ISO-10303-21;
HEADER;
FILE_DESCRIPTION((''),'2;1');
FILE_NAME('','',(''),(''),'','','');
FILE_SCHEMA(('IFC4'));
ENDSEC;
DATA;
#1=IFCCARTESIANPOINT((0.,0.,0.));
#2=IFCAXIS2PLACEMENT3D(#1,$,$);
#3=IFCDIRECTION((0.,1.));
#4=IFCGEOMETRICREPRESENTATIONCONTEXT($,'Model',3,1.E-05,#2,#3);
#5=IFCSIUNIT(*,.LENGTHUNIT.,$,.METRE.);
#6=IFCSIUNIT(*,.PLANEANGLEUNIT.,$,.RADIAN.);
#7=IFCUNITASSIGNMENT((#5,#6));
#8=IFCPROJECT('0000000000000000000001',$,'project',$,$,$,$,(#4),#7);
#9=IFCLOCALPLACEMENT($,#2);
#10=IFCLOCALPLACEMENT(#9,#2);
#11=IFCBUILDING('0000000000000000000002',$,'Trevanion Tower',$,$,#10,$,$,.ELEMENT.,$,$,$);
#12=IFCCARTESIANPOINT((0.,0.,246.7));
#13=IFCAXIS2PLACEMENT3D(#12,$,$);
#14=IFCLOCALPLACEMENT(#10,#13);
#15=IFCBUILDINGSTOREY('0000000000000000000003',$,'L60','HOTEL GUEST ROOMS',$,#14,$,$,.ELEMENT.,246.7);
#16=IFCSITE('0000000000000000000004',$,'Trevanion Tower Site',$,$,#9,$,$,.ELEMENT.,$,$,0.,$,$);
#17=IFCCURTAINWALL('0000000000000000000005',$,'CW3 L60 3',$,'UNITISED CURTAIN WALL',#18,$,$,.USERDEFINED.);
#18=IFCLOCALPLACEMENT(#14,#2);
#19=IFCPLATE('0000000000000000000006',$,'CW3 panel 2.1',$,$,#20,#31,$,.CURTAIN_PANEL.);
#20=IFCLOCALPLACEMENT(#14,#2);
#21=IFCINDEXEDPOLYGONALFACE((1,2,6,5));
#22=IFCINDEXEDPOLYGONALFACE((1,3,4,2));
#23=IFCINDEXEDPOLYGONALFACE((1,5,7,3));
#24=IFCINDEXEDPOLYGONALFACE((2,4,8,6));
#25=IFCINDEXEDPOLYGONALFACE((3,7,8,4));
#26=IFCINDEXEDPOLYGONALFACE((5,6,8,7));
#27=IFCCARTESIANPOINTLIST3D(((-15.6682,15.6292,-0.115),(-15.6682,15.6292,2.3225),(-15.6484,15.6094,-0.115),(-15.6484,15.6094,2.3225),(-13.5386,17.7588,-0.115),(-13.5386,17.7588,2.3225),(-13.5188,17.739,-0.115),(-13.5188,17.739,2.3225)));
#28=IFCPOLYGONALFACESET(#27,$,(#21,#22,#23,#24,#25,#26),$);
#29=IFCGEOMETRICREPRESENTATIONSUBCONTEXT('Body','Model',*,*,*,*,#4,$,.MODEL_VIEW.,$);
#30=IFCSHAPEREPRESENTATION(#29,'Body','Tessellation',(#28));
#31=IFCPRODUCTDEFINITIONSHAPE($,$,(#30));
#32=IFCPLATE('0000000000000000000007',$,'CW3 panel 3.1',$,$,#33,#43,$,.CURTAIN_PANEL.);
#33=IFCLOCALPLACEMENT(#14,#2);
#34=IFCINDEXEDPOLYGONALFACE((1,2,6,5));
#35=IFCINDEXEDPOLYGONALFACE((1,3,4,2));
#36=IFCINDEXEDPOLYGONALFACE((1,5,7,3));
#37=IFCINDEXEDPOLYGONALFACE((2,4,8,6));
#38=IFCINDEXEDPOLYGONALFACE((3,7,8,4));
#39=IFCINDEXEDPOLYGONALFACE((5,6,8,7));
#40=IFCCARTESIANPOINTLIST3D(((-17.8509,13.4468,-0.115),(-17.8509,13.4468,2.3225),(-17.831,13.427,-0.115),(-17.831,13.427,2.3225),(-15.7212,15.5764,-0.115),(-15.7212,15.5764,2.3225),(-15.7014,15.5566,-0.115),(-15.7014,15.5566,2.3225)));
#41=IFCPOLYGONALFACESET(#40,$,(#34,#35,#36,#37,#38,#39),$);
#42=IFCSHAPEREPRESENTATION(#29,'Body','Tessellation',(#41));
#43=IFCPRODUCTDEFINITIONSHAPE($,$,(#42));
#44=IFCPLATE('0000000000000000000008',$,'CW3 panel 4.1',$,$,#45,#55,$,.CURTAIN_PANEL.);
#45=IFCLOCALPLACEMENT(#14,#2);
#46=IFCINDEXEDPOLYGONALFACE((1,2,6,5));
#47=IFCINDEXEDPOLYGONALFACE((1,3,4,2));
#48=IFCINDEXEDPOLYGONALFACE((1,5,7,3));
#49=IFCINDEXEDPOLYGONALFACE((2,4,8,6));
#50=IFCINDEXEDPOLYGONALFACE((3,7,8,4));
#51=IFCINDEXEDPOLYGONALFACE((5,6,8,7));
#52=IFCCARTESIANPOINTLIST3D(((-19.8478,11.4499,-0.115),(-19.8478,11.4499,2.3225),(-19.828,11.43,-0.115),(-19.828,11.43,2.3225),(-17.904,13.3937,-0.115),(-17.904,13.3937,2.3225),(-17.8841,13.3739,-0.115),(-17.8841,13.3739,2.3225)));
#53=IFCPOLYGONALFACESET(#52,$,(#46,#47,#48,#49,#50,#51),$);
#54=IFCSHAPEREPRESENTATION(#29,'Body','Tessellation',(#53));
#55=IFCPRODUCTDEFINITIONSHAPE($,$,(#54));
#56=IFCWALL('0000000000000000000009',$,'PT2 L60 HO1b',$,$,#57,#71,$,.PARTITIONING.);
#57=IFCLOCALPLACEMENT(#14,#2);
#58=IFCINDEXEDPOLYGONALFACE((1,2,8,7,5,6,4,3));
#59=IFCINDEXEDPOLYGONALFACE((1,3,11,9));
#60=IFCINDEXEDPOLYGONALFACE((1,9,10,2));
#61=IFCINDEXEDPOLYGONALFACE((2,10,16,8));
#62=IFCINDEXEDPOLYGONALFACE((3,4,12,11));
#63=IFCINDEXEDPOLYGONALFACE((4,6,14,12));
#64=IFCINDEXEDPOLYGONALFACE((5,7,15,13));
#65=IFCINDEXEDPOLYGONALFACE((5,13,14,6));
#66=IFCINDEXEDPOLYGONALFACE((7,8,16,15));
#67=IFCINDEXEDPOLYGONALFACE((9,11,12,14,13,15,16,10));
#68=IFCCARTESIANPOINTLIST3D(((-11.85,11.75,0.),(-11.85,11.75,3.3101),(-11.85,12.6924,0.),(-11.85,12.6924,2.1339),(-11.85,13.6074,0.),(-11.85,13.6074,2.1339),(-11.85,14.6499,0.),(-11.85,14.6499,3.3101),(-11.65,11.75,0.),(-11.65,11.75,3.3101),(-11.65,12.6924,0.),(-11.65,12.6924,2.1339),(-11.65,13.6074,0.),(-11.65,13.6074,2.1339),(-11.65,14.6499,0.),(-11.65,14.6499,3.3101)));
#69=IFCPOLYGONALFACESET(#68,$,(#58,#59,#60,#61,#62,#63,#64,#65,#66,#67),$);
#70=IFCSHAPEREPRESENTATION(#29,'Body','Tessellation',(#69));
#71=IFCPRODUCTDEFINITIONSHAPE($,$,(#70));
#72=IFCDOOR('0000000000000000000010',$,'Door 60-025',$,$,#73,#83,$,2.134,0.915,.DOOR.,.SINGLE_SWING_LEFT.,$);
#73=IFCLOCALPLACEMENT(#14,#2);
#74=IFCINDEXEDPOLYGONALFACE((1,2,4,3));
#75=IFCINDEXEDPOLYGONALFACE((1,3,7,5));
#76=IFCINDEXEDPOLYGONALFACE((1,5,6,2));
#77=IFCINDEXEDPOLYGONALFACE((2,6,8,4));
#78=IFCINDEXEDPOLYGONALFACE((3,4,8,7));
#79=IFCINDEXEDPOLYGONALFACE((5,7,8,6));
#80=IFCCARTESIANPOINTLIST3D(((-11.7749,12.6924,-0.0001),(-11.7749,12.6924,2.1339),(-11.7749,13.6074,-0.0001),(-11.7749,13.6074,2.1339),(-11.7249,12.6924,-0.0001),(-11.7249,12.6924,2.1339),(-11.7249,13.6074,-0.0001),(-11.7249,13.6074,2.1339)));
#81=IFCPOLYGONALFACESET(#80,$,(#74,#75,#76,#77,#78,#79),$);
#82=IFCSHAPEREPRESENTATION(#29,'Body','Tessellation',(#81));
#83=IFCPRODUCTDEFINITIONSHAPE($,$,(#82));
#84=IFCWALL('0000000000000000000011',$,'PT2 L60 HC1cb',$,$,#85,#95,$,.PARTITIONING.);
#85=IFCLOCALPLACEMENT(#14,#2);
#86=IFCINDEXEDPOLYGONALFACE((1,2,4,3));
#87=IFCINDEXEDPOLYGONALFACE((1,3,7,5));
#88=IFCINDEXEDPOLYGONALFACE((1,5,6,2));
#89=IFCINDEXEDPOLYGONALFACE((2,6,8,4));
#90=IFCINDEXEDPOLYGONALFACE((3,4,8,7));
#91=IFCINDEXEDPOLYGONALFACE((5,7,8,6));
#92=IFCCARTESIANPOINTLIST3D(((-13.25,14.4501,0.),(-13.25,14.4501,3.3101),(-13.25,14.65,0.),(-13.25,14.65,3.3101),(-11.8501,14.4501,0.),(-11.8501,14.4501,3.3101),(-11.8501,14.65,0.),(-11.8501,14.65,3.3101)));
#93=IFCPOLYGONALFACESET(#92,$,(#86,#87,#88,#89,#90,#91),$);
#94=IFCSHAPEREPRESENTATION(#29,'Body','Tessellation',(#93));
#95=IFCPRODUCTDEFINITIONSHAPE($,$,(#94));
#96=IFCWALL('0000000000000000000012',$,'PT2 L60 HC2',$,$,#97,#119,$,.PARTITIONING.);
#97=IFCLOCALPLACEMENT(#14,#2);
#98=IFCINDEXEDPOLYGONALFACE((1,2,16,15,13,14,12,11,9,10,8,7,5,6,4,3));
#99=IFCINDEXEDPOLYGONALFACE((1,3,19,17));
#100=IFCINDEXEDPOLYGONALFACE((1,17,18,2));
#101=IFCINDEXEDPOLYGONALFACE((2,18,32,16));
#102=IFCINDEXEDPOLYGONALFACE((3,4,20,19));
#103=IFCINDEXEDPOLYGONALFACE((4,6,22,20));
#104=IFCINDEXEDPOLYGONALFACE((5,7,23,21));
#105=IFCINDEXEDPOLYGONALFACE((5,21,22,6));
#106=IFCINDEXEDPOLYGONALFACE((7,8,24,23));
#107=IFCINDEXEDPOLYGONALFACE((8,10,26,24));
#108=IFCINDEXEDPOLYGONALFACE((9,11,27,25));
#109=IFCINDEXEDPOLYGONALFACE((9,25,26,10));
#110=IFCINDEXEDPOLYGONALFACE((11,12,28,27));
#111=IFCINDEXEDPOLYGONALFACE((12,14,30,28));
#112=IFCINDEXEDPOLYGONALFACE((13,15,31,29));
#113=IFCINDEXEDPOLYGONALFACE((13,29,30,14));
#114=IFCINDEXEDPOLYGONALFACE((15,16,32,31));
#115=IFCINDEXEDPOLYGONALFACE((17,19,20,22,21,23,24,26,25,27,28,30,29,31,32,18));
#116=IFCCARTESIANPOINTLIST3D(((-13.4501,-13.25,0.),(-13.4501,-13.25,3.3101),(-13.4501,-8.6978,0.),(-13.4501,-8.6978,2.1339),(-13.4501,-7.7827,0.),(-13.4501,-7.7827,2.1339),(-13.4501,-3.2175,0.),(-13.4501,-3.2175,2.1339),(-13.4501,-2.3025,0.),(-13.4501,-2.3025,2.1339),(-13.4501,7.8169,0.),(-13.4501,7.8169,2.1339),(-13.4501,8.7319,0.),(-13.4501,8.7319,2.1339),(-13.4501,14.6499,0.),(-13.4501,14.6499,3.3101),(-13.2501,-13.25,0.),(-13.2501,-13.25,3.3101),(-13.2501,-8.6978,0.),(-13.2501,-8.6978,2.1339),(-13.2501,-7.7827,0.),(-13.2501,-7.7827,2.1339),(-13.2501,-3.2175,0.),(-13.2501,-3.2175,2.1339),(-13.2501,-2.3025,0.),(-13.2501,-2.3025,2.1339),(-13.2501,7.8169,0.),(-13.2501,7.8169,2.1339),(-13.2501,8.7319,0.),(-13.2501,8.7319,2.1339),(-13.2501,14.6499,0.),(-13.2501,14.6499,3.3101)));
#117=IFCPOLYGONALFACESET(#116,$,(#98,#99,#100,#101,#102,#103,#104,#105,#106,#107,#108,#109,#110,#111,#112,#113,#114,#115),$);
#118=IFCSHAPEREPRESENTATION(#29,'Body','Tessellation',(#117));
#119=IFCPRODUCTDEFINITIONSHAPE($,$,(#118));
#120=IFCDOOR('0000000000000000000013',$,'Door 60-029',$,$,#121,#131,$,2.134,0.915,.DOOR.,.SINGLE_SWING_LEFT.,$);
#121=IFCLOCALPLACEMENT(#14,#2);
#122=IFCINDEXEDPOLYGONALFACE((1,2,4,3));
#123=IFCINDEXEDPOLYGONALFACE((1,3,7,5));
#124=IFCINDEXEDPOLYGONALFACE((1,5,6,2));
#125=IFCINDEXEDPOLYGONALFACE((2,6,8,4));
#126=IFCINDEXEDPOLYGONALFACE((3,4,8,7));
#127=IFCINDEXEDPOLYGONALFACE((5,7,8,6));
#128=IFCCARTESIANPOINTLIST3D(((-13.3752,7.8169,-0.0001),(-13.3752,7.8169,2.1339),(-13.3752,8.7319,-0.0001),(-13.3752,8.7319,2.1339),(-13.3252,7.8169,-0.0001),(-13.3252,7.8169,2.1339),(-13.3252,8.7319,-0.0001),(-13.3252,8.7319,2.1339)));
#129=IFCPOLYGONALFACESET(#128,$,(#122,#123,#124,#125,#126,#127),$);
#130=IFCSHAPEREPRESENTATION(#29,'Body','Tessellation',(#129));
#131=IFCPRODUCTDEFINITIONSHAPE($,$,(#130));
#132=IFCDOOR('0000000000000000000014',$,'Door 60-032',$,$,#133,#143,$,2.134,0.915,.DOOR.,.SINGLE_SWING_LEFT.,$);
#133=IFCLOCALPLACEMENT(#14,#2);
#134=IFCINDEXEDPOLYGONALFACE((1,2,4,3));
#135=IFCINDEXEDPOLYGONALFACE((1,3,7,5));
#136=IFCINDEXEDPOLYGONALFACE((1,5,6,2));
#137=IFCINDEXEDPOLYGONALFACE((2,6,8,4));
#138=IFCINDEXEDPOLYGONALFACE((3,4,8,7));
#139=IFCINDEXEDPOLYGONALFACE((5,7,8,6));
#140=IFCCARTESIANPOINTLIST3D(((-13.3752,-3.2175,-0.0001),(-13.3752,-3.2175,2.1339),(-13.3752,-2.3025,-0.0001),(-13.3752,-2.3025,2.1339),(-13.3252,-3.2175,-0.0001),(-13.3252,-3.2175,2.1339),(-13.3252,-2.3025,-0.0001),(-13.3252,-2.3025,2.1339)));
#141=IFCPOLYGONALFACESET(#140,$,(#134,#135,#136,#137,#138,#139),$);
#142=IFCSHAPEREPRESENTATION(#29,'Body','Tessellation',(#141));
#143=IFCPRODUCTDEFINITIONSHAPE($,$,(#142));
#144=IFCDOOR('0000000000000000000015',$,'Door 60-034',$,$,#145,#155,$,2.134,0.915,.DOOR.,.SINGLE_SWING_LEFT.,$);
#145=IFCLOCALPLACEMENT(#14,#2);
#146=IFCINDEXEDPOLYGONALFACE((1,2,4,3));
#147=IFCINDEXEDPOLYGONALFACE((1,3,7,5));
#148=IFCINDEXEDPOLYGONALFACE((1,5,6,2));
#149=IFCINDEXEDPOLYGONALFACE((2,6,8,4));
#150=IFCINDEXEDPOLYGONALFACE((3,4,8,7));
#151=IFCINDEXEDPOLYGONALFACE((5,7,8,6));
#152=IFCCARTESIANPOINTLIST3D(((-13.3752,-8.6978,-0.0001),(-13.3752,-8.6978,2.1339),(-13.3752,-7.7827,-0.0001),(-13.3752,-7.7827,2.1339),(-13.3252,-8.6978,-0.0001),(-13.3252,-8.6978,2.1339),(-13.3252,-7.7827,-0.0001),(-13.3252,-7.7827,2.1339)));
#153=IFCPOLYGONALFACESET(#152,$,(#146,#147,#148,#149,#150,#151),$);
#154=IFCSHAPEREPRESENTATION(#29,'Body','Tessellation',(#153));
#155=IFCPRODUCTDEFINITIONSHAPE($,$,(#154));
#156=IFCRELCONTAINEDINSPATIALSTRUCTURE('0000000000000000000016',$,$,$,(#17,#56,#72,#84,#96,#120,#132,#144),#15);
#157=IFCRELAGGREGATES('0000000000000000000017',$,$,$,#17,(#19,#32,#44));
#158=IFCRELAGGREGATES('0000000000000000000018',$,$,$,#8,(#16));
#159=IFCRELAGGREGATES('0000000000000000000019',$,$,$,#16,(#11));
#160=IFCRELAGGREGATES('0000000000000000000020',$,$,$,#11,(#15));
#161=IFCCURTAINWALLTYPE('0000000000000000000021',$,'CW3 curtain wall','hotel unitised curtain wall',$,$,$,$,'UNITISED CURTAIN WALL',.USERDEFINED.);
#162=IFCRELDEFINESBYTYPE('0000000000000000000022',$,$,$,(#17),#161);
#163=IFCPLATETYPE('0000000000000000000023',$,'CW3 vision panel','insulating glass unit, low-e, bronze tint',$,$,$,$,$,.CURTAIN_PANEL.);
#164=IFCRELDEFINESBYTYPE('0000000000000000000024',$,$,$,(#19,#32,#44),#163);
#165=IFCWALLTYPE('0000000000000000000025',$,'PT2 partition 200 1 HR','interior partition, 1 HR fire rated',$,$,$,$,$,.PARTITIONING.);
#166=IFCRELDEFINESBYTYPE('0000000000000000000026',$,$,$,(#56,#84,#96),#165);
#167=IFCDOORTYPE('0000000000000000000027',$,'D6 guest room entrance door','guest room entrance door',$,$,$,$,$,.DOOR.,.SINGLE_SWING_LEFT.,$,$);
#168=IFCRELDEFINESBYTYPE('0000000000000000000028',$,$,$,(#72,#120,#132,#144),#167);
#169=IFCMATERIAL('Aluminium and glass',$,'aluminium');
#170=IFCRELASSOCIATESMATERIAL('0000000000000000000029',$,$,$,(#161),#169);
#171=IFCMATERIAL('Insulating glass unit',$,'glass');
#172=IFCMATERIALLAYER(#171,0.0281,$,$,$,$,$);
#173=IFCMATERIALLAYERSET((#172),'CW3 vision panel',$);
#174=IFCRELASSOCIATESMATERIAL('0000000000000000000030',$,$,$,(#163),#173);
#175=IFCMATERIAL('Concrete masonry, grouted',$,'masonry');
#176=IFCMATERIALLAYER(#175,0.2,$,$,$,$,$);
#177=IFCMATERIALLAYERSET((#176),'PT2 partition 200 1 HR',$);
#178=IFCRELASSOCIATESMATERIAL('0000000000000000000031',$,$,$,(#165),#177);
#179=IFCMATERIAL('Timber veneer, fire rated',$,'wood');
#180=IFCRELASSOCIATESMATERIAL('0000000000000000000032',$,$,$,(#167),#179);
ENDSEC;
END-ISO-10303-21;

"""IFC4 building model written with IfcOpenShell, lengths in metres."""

from ifc_helpers import new_model, si_unit, direction, frame, frame_2d, origin, origin_2d, place, context, subcontext, project, spatial, rectangle, extrude, material, layer, layer_set, type_object, element, fill, aggregate, save


model = new_model("IFC4")

# Units and contexts
model_context = context("Model", 3, precision=1e-05, world=origin(), true_north=direction((0.0, 1.0)))
body_context = subcontext(model_context, "Body", "Model", "MODEL_VIEW")
ifc_project = project(units=[si_unit("LENGTHUNIT", "METRE"), si_unit("PLANEANGLEUNIT", "RADIAN")], contexts=[model_context])

# Site, building, storey
site_placement = place(None, origin())
site = spatial("IfcSite", under=ifc_project, at=site_placement, Name="Trevanion Tower Site", CompositionType="ELEMENT", RefElevation=0.0)
building_placement = place(site_placement, origin())
building = spatial("IfcBuilding", under=site, at=building_placement, Name="Trevanion Tower", CompositionType="ELEMENT")
storey_placement = place(building_placement, frame((0.0, 0.0, 246.7)))
storey = spatial("IfcBuildingStorey", under=building, at=storey_placement, Name="L60", Description="HOTEL GUEST ROOMS", CompositionType="ELEMENT", Elevation=246.7)

# Curtain wall
ifc_material_1 = material(Name="Aluminium and glass", Category="aluminium")
curtain_wall_type = type_object("IfcCurtainWallType", Name="CW3 curtain wall", Description="hotel unitised curtain wall", ElementType="UNITISED CURTAIN WALL", PredefinedType="USERDEFINED", material=ifc_material_1)
curtain_wall_1_placement = place(storey_placement, origin())
curtain_wall_1 = element("IfcCurtainWall", 1, at=curtain_wall_1_placement, inside=storey, type_object=curtain_wall_type, Name="CW3 L60 3", ObjectType="UNITISED CURTAIN WALL", PredefinedType="USERDEFINED")

# Plates
ifc_material_2 = material(Name="Insulating glass unit", Category="glass")
ifc_layer_1 = layer(ifc_material_2, 0.0281)
ifc_layer_set_1 = layer_set([ifc_layer_1], Name="CW3 vision panel")
plate_type_1 = type_object("IfcPlateType", Name="CW3 vision panel", Description="insulating glass unit, low-e, bronze tint", PredefinedType="CURTAIN_PANEL", material=ifc_layer_set_1)
plate_1_placement = place(storey_placement, frame((-14.5935, 16.6841, -0.115), z_axis=(0.0, 0.0, 1.0), x_axis=(-0.707107, -0.707107, 0.0)))
plate_1 = element("IfcPlate", 2, at=plate_1_placement, type_object=plate_type_1, Name="CW3 panel 2.1", PredefinedType="CURTAIN_PANEL", context=body_context, shape_type="SweptSolid", body=[
    extrude(rectangle(XDim=3.0117, YDim=0.0281, at=origin_2d()), origin(), (0.0, 0.0, 1.0), 2.4375),
])
plate_2_placement = place(storey_placement, frame((-16.7761, 14.5017, -0.115), z_axis=(0.0, 0.0, 1.0), x_axis=(-0.707107, -0.707107, 0.0)))
plate_2 = element("IfcPlate", 3, at=plate_2_placement, type_object=plate_type_1, Name="CW3 panel 3.1", PredefinedType="CURTAIN_PANEL", context=body_context, shape_type="SweptSolid", body=[
    extrude(rectangle(XDim=3.0117, YDim=0.0281, at=origin_2d()), origin(), (0.0, 0.0, 1.0), 2.4375),
])
plate_3_placement = place(storey_placement, frame((-18.866, 12.4119, -0.115), z_axis=(0.0, 0.0, 1.0), x_axis=(-0.707107, -0.707107, 0.0)))
plate_3 = element("IfcPlate", 4, at=plate_3_placement, type_object=plate_type_1, Name="CW3 panel 4.1", PredefinedType="CURTAIN_PANEL", context=body_context, shape_type="SweptSolid", body=[
    extrude(rectangle(XDim=2.749, YDim=0.0281, at=origin_2d()), origin(), (0.0, 0.0, 1.0), 2.4375),
])
aggregate(curtain_wall_1, [plate_1, plate_2, plate_3])

# Wall, opening, door
ifc_material_3 = material(Name="Concrete masonry, grouted", Category="masonry")
ifc_layer_2 = layer(ifc_material_3, 0.2)
ifc_layer_set_2 = layer_set([ifc_layer_2], Name="PT2 partition 200 1 HR")
wall_type = type_object("IfcWallType", Name="PT2 partition 200 1 HR", Description="interior partition, 1 HR fire rated", PredefinedType="PARTITIONING", material=ifc_layer_set_2)
wall_1_placement = place(storey_placement, frame((-11.75, 11.75, 0.0), z_axis=(0.0, 0.0, 1.0), x_axis=(0.0, 1.0, 0.0)))
wall_1 = element("IfcWall", 5, at=wall_1_placement, inside=storey, type_object=wall_type, Name="PT2 L60 HO1b", PredefinedType="PARTITIONING", context=body_context, shape_type="SweptSolid", body=[
    extrude(rectangle(XDim=2.8999, YDim=0.2, at=frame_2d((1.45, 0.0))), origin(), (0.0, 0.0, 1.0), 3.3101),
])
opening_1_placement = place(wall_1_placement, frame((0.9424, 0.0, 0.0)))
opening_1 = element("IfcOpeningElement", 6, at=opening_1_placement, cuts=wall_1, PredefinedType="OPENING", context=body_context, shape_type="SweptSolid", body=[
    extrude(rectangle(XDim=0.915, YDim=2.134, at=frame_2d((0.4575, 1.0669))), frame((0.0, 0.1099, 0.0), z_axis=(0.0, -1.0, 0.0), x_axis=(1.0, 0.0, 0.0)), (0.0, 0.0, 1.0), 0.22),
])
ifc_material_4 = material(Name="Timber veneer, fire rated", Category="wood")
door_type = type_object("IfcDoorType", Name="D6 guest room entrance door", Description="guest room entrance door", OperationType="SINGLE_SWING_LEFT", PredefinedType="DOOR", material=ifc_material_4)
door_1_placement = place(opening_1_placement, origin())
door_1 = element("IfcDoor", 7, at=door_1_placement, inside=storey, type_object=door_type, Name="Door 60-025", OperationType="SINGLE_SWING_LEFT", OverallHeight=2.134, OverallWidth=0.915, PredefinedType="DOOR", context=body_context, shape_type="SweptSolid", body=[
    extrude(rectangle(XDim=0.915, YDim=2.134, at=frame_2d((0.4575, 1.0669))), frame((0.0, 0.0249, 0.0), z_axis=(0.0, -1.0, 0.0), x_axis=(1.0, 0.0, 0.0)), (0.0, 0.0, 1.0), 0.05),
])
fill(opening_1, door_1)

# Wall
wall_2_placement = place(storey_placement, frame((-11.8501, 14.55, 0.0), z_axis=(0.0, 0.0, 1.0), x_axis=(-1.0, 0.0, 0.0)))
element("IfcWall", 8, at=wall_2_placement, inside=storey, type_object=wall_type, Name="PT2 L60 HC1cb", PredefinedType="PARTITIONING", context=body_context, shape_type="SweptSolid", body=[
    extrude(rectangle(XDim=1.3999, YDim=0.2, at=frame_2d((0.7, 0.0))), origin(), (0.0, 0.0, 1.0), 3.3101),
])

# Wall, openings, doors
wall_3_placement = place(storey_placement, frame((-13.3501, 14.6499, 0.0), z_axis=(0.0, 0.0, 1.0), x_axis=(0.0, -1.0, 0.0)))
wall_3 = element("IfcWall", 9, at=wall_3_placement, inside=storey, type_object=wall_type, Name="PT2 L60 HC2", PredefinedType="PARTITIONING", context=body_context, shape_type="SweptSolid", body=[
    extrude(rectangle(XDim=27.8999, YDim=0.2, at=frame_2d((13.95, 0.0))), origin(), (0.0, 0.0, 1.0), 3.3101),
])
opening_2_placement = place(wall_3_placement, frame((5.918, 0.0, 0.0)))
opening_2 = element("IfcOpeningElement", 10, at=opening_2_placement, cuts=wall_3, PredefinedType="OPENING", context=body_context, shape_type="SweptSolid", body=[
    extrude(rectangle(XDim=0.915, YDim=2.134, at=frame_2d((0.4575, 1.0669))), frame((0.0, 0.1099, 0.0), z_axis=(0.0, -1.0, 0.0), x_axis=(1.0, 0.0, 0.0)), (0.0, 0.0, 1.0), 0.22),
])
opening_3_placement = place(wall_3_placement, frame((16.9524, 0.0, 0.0)))
opening_3 = element("IfcOpeningElement", 11, at=opening_3_placement, cuts=wall_3, PredefinedType="OPENING", context=body_context, shape_type="SweptSolid", body=[
    extrude(rectangle(XDim=0.915, YDim=2.134, at=frame_2d((0.4575, 1.0669))), frame((0.0, 0.1099, 0.0), z_axis=(0.0, -1.0, 0.0), x_axis=(1.0, 0.0, 0.0)), (0.0, 0.0, 1.0), 0.22),
])
opening_4_placement = place(wall_3_placement, frame((22.4326, 0.0, 0.0)))
opening_4 = element("IfcOpeningElement", 12, at=opening_4_placement, cuts=wall_3, PredefinedType="OPENING", context=body_context, shape_type="SweptSolid", body=[
    extrude(rectangle(XDim=0.915, YDim=2.134, at=frame_2d((0.4575, 1.0669))), frame((0.0, 0.1099, 0.0), z_axis=(0.0, -1.0, 0.0), x_axis=(1.0, 0.0, 0.0)), (0.0, 0.0, 1.0), 0.22),
])
door_2_placement = place(opening_2_placement, origin())
door_2 = element("IfcDoor", 13, at=door_2_placement, inside=storey, type_object=door_type, Name="Door 60-029", OperationType="SINGLE_SWING_LEFT", OverallHeight=2.134, OverallWidth=0.915, PredefinedType="DOOR", context=body_context, shape_type="SweptSolid", body=[
    extrude(rectangle(XDim=0.915, YDim=2.134, at=frame_2d((0.4575, 1.0669))), frame((0.0, 0.0249, 0.0), z_axis=(0.0, -1.0, 0.0), x_axis=(1.0, 0.0, 0.0)), (0.0, 0.0, 1.0), 0.05),
])
fill(opening_2, door_2)
door_3_placement = place(opening_3_placement, origin())
door_3 = element("IfcDoor", 14, at=door_3_placement, inside=storey, type_object=door_type, Name="Door 60-032", OperationType="SINGLE_SWING_LEFT", OverallHeight=2.134, OverallWidth=0.915, PredefinedType="DOOR", context=body_context, shape_type="SweptSolid", body=[
    extrude(rectangle(XDim=0.915, YDim=2.134, at=frame_2d((0.4575, 1.0669))), frame((0.0, 0.0249, 0.0), z_axis=(0.0, -1.0, 0.0), x_axis=(1.0, 0.0, 0.0)), (0.0, 0.0, 1.0), 0.05),
])
fill(opening_3, door_3)
door_4_placement = place(opening_4_placement, origin())
door_4 = element("IfcDoor", 15, at=door_4_placement, inside=storey, type_object=door_type, Name="Door 60-034", OperationType="SINGLE_SWING_LEFT", OverallHeight=2.134, OverallWidth=0.915, PredefinedType="DOOR", context=body_context, shape_type="SweptSolid", body=[
    extrude(rectangle(XDim=0.915, YDim=2.134, at=frame_2d((0.4575, 1.0669))), frame((0.0, 0.0249, 0.0), z_axis=(0.0, -1.0, 0.0), x_axis=(1.0, 0.0, 0.0)), (0.0, 0.0, 1.0), 0.05),
])
fill(opening_4, door_4)

save(model, "model.ifc")
